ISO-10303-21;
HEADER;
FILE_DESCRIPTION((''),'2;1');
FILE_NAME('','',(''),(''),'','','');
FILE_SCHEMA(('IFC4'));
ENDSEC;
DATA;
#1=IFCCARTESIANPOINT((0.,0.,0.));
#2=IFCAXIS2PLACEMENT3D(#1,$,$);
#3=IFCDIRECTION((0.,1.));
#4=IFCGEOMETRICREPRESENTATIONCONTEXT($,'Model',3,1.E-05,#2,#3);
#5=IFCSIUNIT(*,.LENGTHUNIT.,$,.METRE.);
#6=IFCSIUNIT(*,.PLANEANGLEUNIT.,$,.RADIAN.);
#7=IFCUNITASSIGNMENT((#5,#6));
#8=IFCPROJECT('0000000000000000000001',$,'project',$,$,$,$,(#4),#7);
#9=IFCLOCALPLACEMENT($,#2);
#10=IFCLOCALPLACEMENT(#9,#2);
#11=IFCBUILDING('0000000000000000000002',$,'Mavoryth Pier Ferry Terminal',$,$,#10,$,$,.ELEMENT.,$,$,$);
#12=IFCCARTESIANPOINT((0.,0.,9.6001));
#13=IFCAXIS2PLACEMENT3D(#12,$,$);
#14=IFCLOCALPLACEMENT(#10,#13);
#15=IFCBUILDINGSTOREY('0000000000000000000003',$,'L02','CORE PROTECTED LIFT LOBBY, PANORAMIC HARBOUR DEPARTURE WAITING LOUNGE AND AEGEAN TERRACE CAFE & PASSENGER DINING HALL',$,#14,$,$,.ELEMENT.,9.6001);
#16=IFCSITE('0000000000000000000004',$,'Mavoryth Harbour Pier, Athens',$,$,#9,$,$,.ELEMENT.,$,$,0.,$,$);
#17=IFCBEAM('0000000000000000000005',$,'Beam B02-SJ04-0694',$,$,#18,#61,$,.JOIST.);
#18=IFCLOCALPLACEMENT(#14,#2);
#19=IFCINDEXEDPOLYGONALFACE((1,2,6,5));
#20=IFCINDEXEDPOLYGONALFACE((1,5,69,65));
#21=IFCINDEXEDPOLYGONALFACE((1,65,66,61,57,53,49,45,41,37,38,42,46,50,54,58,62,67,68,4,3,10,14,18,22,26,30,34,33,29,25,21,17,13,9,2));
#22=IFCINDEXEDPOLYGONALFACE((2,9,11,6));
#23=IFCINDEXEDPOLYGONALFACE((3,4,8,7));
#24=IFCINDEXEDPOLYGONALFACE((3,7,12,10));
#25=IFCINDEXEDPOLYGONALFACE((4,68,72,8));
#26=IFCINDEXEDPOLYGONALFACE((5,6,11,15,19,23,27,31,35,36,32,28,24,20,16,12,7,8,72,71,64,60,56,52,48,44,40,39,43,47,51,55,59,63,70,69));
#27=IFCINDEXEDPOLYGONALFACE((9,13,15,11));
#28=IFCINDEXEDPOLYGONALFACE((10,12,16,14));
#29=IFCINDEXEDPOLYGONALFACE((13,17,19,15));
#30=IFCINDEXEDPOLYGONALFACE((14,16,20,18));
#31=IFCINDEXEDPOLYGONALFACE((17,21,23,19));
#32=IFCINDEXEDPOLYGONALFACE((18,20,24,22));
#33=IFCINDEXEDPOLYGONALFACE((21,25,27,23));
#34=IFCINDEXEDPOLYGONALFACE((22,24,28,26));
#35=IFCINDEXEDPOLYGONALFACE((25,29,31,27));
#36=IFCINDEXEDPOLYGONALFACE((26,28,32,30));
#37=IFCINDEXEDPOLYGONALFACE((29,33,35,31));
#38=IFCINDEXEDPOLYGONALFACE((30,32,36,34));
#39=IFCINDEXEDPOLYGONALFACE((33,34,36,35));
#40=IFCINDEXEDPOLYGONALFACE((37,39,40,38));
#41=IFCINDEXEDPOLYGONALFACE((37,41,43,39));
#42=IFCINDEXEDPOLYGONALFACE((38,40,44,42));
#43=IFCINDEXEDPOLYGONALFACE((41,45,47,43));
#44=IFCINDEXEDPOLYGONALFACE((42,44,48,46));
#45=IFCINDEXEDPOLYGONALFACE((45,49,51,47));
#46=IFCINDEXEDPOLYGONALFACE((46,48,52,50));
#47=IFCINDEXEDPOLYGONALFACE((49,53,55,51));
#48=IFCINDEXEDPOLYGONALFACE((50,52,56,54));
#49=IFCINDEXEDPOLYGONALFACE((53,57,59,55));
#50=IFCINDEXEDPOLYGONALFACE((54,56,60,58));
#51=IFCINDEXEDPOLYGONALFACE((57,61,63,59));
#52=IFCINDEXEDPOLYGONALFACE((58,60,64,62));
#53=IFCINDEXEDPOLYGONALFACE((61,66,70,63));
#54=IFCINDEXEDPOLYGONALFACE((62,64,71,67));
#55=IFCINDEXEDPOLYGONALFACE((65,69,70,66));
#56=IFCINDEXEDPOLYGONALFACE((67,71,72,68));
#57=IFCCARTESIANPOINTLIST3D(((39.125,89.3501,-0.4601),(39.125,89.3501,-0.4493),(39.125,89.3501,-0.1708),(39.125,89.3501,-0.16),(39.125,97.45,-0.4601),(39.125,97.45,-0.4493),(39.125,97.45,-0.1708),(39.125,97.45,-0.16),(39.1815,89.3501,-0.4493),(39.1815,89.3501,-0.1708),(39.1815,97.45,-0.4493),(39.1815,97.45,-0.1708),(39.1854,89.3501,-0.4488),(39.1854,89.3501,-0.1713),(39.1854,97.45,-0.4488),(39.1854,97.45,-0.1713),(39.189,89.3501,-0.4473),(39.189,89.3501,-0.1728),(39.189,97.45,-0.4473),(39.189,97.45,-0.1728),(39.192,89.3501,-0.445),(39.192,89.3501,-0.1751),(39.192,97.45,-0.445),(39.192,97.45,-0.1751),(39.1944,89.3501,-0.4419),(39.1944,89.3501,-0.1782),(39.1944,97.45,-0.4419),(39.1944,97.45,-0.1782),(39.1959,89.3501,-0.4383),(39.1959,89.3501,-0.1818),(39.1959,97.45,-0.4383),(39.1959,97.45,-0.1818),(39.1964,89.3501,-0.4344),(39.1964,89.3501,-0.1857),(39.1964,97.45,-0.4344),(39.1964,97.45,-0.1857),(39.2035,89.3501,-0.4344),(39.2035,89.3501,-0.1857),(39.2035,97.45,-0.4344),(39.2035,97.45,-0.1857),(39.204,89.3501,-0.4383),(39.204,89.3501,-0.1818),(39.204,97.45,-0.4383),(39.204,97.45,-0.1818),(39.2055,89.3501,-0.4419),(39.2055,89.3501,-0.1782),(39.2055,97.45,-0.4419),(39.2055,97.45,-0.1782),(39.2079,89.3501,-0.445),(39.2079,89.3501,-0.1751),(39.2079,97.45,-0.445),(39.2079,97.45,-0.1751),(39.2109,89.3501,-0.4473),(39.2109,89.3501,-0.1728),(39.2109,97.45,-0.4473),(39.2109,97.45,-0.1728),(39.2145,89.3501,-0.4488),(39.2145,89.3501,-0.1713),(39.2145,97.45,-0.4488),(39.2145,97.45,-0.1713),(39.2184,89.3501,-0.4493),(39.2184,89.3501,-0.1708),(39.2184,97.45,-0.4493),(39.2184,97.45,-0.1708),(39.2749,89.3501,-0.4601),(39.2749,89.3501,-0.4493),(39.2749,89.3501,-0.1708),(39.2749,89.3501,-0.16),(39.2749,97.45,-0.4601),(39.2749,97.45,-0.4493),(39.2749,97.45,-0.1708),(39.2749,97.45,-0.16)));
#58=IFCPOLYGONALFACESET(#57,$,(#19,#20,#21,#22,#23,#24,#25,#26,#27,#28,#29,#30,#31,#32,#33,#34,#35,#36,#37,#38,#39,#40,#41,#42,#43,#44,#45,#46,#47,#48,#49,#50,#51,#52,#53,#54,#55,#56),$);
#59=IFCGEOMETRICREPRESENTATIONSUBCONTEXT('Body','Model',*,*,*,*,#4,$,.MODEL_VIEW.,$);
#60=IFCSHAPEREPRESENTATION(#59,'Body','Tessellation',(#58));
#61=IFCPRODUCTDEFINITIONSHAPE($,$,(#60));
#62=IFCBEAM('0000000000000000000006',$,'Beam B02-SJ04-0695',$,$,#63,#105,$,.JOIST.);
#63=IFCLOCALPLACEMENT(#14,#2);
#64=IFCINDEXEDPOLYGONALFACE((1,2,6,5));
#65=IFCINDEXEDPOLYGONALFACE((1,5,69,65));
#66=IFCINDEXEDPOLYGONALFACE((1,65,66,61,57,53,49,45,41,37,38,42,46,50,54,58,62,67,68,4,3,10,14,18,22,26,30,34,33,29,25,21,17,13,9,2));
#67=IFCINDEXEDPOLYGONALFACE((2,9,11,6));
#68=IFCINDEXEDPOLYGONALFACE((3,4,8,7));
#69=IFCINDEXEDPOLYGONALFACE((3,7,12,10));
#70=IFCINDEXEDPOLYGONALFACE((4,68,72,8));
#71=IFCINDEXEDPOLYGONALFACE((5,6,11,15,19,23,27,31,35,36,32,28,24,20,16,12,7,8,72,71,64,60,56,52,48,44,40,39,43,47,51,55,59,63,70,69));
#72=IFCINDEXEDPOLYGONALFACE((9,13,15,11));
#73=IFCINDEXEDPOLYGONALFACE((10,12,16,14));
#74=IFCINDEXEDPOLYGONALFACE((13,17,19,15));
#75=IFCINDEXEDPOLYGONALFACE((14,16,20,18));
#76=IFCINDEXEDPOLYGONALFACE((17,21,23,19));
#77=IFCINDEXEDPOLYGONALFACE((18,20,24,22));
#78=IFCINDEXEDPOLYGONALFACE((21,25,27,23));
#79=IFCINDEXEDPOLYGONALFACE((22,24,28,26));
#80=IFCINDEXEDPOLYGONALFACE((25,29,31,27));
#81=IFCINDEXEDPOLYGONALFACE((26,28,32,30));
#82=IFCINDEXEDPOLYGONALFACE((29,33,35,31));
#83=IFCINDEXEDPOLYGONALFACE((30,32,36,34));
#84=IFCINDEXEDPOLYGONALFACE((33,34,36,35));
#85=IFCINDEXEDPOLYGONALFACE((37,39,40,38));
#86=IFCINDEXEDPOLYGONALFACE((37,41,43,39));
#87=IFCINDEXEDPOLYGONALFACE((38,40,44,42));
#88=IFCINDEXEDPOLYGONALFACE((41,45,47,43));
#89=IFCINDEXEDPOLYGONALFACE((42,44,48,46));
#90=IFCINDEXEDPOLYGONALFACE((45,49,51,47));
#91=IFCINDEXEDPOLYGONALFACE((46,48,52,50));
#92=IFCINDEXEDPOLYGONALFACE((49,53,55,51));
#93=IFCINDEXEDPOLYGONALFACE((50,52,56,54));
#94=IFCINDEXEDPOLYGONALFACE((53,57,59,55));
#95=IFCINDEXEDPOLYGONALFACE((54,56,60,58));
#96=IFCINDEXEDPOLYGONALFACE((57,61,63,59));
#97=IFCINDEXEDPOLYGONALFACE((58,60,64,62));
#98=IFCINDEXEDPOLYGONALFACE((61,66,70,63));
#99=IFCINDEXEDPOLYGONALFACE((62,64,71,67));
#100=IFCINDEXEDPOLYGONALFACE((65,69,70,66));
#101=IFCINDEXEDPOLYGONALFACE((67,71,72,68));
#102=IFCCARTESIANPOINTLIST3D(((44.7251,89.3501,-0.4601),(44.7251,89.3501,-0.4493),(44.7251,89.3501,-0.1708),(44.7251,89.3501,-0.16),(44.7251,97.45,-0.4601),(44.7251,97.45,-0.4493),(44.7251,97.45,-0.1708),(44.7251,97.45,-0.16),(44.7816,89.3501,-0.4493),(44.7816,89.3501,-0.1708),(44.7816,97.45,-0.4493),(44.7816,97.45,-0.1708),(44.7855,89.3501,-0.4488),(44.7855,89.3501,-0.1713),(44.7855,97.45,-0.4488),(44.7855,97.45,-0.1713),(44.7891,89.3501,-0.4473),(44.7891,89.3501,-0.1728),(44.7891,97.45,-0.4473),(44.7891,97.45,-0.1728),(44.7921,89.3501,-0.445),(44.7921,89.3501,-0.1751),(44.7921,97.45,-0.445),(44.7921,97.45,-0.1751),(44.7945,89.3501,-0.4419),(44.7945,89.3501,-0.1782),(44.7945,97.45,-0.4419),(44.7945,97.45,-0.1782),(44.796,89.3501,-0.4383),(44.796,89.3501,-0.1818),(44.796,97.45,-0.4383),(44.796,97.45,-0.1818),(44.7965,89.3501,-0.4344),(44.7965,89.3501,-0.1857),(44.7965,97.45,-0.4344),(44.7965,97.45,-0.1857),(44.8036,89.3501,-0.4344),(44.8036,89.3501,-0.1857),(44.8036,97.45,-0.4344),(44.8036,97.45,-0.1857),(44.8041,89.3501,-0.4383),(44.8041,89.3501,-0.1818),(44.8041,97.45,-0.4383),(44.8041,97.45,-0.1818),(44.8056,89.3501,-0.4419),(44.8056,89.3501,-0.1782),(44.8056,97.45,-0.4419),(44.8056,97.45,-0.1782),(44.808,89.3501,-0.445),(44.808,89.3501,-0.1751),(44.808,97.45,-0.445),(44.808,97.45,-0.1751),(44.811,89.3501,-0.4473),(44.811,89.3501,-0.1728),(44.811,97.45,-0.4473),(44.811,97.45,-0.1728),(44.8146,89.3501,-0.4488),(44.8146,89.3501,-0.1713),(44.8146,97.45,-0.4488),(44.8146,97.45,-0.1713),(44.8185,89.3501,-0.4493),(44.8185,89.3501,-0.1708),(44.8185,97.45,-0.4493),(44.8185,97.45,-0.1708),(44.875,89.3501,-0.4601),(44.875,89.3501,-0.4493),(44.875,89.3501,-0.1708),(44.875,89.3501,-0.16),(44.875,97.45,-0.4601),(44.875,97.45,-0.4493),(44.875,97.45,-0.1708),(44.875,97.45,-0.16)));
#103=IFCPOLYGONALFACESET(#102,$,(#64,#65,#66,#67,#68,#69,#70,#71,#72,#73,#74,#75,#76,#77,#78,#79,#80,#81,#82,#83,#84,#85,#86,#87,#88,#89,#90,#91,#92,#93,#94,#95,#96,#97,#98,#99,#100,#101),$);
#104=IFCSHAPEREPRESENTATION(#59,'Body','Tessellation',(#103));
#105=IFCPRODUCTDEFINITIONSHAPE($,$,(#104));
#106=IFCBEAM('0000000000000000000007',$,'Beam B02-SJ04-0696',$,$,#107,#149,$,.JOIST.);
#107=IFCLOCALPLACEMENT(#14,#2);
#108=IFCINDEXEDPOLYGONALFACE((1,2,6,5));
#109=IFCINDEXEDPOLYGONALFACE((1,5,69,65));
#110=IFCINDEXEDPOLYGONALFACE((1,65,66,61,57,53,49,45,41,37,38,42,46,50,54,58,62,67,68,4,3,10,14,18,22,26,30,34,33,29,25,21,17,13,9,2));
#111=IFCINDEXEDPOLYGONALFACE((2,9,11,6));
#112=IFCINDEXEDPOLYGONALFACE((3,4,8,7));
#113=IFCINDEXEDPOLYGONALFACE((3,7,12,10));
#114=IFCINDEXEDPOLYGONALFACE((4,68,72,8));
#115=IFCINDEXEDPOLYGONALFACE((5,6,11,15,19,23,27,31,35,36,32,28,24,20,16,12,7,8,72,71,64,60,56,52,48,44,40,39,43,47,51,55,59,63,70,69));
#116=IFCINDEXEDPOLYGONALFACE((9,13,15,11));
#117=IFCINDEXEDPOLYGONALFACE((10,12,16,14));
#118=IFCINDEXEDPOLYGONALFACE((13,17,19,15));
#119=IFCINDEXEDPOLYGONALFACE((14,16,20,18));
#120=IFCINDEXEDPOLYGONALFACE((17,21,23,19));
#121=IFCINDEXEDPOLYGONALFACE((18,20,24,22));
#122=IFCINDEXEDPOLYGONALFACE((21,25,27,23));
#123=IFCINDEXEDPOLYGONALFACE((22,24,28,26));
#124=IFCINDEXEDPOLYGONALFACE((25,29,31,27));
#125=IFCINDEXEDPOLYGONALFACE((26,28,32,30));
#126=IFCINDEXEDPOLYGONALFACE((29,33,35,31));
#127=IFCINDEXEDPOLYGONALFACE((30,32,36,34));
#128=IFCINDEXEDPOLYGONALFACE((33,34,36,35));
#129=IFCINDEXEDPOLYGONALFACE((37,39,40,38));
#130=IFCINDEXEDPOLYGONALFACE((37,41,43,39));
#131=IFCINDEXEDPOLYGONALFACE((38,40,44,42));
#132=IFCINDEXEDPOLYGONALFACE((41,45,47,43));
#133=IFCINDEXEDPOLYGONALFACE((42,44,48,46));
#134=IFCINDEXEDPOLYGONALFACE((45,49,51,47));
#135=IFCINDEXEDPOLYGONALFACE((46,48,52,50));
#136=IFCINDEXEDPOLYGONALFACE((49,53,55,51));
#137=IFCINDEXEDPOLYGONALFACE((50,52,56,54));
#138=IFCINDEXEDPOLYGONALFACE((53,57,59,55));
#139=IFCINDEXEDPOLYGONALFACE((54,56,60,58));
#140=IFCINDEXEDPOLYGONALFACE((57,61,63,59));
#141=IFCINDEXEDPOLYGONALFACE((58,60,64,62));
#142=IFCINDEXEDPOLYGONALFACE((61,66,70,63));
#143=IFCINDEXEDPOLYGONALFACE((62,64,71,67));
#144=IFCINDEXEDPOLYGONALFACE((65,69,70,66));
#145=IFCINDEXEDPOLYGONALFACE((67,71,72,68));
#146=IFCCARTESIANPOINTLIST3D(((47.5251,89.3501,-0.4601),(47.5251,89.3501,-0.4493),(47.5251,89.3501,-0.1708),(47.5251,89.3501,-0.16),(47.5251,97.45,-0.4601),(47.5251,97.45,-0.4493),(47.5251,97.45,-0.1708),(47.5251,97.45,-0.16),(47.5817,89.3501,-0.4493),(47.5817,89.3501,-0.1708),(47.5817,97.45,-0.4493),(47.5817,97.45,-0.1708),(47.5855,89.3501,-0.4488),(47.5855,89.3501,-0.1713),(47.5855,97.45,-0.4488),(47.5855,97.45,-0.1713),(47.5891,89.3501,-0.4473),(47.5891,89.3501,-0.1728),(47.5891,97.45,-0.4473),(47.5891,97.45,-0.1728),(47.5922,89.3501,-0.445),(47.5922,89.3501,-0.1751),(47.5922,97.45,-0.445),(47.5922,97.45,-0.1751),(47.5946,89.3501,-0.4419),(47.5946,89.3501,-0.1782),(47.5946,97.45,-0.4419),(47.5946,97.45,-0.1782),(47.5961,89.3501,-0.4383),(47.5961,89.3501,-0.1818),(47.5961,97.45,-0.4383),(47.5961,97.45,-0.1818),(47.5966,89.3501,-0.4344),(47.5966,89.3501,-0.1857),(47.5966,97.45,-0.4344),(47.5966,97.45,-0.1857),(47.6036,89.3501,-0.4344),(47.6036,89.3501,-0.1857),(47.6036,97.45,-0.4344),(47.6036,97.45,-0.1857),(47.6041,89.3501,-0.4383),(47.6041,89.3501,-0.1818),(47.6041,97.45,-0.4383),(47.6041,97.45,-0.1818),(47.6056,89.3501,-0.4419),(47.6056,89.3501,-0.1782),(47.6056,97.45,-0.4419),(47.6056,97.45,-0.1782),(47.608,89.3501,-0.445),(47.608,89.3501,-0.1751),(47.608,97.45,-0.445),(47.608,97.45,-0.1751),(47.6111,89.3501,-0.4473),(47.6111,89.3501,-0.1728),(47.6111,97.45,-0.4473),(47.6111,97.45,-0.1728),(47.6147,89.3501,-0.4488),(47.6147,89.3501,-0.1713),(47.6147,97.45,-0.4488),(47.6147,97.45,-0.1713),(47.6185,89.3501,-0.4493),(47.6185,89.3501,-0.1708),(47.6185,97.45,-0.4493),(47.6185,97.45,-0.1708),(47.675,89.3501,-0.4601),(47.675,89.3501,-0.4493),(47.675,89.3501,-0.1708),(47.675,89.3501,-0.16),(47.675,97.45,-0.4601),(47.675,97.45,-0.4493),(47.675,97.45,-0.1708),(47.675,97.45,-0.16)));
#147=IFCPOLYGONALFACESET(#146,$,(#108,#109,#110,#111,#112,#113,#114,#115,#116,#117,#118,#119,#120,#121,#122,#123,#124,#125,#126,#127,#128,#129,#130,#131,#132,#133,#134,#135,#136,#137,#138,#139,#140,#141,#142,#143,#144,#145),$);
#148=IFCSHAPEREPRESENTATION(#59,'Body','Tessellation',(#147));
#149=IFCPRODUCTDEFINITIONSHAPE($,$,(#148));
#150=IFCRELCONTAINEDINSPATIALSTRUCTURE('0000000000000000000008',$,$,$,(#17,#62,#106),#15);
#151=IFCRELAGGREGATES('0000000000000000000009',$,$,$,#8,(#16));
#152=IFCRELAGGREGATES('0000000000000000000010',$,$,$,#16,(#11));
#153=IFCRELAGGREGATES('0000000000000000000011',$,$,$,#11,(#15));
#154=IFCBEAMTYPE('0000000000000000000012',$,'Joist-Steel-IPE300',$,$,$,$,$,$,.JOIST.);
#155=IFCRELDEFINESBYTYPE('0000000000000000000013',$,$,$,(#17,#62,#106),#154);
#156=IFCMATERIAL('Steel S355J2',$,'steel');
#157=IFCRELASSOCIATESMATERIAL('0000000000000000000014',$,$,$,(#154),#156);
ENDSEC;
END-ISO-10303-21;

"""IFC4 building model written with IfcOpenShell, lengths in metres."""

from ifc_helpers import new_model, si_unit, direction, frame, origin, origin_2d, place, context, subcontext, project, spatial, i_section, extrude, material, material_profile, profile_set, type_object, element, save


model = new_model("IFC4")

# Units and contexts
model_context = context("Model", 3, precision=1e-05, world=origin(), true_north=direction((0.0, 1.0)))
body_context = subcontext(model_context, "Body", "Model", "MODEL_VIEW")
ifc_project = project(units=[si_unit("LENGTHUNIT", "METRE"), si_unit("PLANEANGLEUNIT", "RADIAN")], contexts=[model_context])

# Site, building, storey
site_placement = place(None, origin())
site = spatial("IfcSite", under=ifc_project, at=site_placement, Name="Mavoryth Harbour Pier, Athens", CompositionType="ELEMENT", RefElevation=0.0)
building_placement = place(site_placement, origin())
building = spatial("IfcBuilding", under=site, at=building_placement, Name="Mavoryth Pier Ferry Terminal", CompositionType="ELEMENT")
storey_placement = place(building_placement, frame((0.0, 0.0, 9.6001)))
storey = spatial("IfcBuildingStorey", under=building, at=storey_placement, Name="L02", Description="CORE PROTECTED LIFT LOBBY, PANORAMIC HARBOUR DEPARTURE WAITING LOUNGE AND AEGEAN TERRACE CAFE & PASSENGER DINING HALL", CompositionType="ELEMENT", Elevation=9.6001)

# Shared definitions
ifc_material_1 = material(Name="Steel S355J2", Category="steel")

# Beams
ifc_material_profile_1 = material_profile(ifc_material_1, i_section(OverallWidth=0.1499, OverallDepth=0.3, WebThickness=0.0071, FlangeThickness=0.0107, FilletRadius=0.0149, at=origin_2d()), Name="IPE 300", Category="steel")
ifc_profile_set_1 = profile_set([ifc_material_profile_1], Name="Steel S355J2 - IPE 300")
beam_type_1 = type_object("IfcBeamType", Name="Joist-Steel-IPE300", PredefinedType="JOIST", material=ifc_profile_set_1)
for number, where, z_axis, x_axis, name in (
    (1, (39.2, 89.3501, -0.3101), (0.0, 1.0, 0.0), (-1.0, 0.0, 0.0), "Beam B02-SJ04-0694"),
    (2, (44.8, 89.3501, -0.3101), (0.0, 1.0, 0.0), (-1.0, 0.0, 0.0), "Beam B02-SJ04-0695"),
    (3, (47.6001, 89.3501, -0.3101), (0.0, 1.0, 0.0), (-1.0, 0.0, 0.0), "Beam B02-SJ04-0696"),
):
    element("IfcBeam", number, at=place(storey_placement, frame(where, z_axis=z_axis, x_axis=x_axis)), inside=storey, type_object=beam_type_1, Name=name, PredefinedType="JOIST", context=body_context, shape_type="SweptSolid", body=[
        extrude(i_section(OverallWidth=0.1499, OverallDepth=0.3, WebThickness=0.0071, FlangeThickness=0.0107, FilletRadius=0.0149, at=origin_2d()), origin(), (0.0, 0.0, 1.0), 8.0999),
    ])

save(model, "model.ifc")
